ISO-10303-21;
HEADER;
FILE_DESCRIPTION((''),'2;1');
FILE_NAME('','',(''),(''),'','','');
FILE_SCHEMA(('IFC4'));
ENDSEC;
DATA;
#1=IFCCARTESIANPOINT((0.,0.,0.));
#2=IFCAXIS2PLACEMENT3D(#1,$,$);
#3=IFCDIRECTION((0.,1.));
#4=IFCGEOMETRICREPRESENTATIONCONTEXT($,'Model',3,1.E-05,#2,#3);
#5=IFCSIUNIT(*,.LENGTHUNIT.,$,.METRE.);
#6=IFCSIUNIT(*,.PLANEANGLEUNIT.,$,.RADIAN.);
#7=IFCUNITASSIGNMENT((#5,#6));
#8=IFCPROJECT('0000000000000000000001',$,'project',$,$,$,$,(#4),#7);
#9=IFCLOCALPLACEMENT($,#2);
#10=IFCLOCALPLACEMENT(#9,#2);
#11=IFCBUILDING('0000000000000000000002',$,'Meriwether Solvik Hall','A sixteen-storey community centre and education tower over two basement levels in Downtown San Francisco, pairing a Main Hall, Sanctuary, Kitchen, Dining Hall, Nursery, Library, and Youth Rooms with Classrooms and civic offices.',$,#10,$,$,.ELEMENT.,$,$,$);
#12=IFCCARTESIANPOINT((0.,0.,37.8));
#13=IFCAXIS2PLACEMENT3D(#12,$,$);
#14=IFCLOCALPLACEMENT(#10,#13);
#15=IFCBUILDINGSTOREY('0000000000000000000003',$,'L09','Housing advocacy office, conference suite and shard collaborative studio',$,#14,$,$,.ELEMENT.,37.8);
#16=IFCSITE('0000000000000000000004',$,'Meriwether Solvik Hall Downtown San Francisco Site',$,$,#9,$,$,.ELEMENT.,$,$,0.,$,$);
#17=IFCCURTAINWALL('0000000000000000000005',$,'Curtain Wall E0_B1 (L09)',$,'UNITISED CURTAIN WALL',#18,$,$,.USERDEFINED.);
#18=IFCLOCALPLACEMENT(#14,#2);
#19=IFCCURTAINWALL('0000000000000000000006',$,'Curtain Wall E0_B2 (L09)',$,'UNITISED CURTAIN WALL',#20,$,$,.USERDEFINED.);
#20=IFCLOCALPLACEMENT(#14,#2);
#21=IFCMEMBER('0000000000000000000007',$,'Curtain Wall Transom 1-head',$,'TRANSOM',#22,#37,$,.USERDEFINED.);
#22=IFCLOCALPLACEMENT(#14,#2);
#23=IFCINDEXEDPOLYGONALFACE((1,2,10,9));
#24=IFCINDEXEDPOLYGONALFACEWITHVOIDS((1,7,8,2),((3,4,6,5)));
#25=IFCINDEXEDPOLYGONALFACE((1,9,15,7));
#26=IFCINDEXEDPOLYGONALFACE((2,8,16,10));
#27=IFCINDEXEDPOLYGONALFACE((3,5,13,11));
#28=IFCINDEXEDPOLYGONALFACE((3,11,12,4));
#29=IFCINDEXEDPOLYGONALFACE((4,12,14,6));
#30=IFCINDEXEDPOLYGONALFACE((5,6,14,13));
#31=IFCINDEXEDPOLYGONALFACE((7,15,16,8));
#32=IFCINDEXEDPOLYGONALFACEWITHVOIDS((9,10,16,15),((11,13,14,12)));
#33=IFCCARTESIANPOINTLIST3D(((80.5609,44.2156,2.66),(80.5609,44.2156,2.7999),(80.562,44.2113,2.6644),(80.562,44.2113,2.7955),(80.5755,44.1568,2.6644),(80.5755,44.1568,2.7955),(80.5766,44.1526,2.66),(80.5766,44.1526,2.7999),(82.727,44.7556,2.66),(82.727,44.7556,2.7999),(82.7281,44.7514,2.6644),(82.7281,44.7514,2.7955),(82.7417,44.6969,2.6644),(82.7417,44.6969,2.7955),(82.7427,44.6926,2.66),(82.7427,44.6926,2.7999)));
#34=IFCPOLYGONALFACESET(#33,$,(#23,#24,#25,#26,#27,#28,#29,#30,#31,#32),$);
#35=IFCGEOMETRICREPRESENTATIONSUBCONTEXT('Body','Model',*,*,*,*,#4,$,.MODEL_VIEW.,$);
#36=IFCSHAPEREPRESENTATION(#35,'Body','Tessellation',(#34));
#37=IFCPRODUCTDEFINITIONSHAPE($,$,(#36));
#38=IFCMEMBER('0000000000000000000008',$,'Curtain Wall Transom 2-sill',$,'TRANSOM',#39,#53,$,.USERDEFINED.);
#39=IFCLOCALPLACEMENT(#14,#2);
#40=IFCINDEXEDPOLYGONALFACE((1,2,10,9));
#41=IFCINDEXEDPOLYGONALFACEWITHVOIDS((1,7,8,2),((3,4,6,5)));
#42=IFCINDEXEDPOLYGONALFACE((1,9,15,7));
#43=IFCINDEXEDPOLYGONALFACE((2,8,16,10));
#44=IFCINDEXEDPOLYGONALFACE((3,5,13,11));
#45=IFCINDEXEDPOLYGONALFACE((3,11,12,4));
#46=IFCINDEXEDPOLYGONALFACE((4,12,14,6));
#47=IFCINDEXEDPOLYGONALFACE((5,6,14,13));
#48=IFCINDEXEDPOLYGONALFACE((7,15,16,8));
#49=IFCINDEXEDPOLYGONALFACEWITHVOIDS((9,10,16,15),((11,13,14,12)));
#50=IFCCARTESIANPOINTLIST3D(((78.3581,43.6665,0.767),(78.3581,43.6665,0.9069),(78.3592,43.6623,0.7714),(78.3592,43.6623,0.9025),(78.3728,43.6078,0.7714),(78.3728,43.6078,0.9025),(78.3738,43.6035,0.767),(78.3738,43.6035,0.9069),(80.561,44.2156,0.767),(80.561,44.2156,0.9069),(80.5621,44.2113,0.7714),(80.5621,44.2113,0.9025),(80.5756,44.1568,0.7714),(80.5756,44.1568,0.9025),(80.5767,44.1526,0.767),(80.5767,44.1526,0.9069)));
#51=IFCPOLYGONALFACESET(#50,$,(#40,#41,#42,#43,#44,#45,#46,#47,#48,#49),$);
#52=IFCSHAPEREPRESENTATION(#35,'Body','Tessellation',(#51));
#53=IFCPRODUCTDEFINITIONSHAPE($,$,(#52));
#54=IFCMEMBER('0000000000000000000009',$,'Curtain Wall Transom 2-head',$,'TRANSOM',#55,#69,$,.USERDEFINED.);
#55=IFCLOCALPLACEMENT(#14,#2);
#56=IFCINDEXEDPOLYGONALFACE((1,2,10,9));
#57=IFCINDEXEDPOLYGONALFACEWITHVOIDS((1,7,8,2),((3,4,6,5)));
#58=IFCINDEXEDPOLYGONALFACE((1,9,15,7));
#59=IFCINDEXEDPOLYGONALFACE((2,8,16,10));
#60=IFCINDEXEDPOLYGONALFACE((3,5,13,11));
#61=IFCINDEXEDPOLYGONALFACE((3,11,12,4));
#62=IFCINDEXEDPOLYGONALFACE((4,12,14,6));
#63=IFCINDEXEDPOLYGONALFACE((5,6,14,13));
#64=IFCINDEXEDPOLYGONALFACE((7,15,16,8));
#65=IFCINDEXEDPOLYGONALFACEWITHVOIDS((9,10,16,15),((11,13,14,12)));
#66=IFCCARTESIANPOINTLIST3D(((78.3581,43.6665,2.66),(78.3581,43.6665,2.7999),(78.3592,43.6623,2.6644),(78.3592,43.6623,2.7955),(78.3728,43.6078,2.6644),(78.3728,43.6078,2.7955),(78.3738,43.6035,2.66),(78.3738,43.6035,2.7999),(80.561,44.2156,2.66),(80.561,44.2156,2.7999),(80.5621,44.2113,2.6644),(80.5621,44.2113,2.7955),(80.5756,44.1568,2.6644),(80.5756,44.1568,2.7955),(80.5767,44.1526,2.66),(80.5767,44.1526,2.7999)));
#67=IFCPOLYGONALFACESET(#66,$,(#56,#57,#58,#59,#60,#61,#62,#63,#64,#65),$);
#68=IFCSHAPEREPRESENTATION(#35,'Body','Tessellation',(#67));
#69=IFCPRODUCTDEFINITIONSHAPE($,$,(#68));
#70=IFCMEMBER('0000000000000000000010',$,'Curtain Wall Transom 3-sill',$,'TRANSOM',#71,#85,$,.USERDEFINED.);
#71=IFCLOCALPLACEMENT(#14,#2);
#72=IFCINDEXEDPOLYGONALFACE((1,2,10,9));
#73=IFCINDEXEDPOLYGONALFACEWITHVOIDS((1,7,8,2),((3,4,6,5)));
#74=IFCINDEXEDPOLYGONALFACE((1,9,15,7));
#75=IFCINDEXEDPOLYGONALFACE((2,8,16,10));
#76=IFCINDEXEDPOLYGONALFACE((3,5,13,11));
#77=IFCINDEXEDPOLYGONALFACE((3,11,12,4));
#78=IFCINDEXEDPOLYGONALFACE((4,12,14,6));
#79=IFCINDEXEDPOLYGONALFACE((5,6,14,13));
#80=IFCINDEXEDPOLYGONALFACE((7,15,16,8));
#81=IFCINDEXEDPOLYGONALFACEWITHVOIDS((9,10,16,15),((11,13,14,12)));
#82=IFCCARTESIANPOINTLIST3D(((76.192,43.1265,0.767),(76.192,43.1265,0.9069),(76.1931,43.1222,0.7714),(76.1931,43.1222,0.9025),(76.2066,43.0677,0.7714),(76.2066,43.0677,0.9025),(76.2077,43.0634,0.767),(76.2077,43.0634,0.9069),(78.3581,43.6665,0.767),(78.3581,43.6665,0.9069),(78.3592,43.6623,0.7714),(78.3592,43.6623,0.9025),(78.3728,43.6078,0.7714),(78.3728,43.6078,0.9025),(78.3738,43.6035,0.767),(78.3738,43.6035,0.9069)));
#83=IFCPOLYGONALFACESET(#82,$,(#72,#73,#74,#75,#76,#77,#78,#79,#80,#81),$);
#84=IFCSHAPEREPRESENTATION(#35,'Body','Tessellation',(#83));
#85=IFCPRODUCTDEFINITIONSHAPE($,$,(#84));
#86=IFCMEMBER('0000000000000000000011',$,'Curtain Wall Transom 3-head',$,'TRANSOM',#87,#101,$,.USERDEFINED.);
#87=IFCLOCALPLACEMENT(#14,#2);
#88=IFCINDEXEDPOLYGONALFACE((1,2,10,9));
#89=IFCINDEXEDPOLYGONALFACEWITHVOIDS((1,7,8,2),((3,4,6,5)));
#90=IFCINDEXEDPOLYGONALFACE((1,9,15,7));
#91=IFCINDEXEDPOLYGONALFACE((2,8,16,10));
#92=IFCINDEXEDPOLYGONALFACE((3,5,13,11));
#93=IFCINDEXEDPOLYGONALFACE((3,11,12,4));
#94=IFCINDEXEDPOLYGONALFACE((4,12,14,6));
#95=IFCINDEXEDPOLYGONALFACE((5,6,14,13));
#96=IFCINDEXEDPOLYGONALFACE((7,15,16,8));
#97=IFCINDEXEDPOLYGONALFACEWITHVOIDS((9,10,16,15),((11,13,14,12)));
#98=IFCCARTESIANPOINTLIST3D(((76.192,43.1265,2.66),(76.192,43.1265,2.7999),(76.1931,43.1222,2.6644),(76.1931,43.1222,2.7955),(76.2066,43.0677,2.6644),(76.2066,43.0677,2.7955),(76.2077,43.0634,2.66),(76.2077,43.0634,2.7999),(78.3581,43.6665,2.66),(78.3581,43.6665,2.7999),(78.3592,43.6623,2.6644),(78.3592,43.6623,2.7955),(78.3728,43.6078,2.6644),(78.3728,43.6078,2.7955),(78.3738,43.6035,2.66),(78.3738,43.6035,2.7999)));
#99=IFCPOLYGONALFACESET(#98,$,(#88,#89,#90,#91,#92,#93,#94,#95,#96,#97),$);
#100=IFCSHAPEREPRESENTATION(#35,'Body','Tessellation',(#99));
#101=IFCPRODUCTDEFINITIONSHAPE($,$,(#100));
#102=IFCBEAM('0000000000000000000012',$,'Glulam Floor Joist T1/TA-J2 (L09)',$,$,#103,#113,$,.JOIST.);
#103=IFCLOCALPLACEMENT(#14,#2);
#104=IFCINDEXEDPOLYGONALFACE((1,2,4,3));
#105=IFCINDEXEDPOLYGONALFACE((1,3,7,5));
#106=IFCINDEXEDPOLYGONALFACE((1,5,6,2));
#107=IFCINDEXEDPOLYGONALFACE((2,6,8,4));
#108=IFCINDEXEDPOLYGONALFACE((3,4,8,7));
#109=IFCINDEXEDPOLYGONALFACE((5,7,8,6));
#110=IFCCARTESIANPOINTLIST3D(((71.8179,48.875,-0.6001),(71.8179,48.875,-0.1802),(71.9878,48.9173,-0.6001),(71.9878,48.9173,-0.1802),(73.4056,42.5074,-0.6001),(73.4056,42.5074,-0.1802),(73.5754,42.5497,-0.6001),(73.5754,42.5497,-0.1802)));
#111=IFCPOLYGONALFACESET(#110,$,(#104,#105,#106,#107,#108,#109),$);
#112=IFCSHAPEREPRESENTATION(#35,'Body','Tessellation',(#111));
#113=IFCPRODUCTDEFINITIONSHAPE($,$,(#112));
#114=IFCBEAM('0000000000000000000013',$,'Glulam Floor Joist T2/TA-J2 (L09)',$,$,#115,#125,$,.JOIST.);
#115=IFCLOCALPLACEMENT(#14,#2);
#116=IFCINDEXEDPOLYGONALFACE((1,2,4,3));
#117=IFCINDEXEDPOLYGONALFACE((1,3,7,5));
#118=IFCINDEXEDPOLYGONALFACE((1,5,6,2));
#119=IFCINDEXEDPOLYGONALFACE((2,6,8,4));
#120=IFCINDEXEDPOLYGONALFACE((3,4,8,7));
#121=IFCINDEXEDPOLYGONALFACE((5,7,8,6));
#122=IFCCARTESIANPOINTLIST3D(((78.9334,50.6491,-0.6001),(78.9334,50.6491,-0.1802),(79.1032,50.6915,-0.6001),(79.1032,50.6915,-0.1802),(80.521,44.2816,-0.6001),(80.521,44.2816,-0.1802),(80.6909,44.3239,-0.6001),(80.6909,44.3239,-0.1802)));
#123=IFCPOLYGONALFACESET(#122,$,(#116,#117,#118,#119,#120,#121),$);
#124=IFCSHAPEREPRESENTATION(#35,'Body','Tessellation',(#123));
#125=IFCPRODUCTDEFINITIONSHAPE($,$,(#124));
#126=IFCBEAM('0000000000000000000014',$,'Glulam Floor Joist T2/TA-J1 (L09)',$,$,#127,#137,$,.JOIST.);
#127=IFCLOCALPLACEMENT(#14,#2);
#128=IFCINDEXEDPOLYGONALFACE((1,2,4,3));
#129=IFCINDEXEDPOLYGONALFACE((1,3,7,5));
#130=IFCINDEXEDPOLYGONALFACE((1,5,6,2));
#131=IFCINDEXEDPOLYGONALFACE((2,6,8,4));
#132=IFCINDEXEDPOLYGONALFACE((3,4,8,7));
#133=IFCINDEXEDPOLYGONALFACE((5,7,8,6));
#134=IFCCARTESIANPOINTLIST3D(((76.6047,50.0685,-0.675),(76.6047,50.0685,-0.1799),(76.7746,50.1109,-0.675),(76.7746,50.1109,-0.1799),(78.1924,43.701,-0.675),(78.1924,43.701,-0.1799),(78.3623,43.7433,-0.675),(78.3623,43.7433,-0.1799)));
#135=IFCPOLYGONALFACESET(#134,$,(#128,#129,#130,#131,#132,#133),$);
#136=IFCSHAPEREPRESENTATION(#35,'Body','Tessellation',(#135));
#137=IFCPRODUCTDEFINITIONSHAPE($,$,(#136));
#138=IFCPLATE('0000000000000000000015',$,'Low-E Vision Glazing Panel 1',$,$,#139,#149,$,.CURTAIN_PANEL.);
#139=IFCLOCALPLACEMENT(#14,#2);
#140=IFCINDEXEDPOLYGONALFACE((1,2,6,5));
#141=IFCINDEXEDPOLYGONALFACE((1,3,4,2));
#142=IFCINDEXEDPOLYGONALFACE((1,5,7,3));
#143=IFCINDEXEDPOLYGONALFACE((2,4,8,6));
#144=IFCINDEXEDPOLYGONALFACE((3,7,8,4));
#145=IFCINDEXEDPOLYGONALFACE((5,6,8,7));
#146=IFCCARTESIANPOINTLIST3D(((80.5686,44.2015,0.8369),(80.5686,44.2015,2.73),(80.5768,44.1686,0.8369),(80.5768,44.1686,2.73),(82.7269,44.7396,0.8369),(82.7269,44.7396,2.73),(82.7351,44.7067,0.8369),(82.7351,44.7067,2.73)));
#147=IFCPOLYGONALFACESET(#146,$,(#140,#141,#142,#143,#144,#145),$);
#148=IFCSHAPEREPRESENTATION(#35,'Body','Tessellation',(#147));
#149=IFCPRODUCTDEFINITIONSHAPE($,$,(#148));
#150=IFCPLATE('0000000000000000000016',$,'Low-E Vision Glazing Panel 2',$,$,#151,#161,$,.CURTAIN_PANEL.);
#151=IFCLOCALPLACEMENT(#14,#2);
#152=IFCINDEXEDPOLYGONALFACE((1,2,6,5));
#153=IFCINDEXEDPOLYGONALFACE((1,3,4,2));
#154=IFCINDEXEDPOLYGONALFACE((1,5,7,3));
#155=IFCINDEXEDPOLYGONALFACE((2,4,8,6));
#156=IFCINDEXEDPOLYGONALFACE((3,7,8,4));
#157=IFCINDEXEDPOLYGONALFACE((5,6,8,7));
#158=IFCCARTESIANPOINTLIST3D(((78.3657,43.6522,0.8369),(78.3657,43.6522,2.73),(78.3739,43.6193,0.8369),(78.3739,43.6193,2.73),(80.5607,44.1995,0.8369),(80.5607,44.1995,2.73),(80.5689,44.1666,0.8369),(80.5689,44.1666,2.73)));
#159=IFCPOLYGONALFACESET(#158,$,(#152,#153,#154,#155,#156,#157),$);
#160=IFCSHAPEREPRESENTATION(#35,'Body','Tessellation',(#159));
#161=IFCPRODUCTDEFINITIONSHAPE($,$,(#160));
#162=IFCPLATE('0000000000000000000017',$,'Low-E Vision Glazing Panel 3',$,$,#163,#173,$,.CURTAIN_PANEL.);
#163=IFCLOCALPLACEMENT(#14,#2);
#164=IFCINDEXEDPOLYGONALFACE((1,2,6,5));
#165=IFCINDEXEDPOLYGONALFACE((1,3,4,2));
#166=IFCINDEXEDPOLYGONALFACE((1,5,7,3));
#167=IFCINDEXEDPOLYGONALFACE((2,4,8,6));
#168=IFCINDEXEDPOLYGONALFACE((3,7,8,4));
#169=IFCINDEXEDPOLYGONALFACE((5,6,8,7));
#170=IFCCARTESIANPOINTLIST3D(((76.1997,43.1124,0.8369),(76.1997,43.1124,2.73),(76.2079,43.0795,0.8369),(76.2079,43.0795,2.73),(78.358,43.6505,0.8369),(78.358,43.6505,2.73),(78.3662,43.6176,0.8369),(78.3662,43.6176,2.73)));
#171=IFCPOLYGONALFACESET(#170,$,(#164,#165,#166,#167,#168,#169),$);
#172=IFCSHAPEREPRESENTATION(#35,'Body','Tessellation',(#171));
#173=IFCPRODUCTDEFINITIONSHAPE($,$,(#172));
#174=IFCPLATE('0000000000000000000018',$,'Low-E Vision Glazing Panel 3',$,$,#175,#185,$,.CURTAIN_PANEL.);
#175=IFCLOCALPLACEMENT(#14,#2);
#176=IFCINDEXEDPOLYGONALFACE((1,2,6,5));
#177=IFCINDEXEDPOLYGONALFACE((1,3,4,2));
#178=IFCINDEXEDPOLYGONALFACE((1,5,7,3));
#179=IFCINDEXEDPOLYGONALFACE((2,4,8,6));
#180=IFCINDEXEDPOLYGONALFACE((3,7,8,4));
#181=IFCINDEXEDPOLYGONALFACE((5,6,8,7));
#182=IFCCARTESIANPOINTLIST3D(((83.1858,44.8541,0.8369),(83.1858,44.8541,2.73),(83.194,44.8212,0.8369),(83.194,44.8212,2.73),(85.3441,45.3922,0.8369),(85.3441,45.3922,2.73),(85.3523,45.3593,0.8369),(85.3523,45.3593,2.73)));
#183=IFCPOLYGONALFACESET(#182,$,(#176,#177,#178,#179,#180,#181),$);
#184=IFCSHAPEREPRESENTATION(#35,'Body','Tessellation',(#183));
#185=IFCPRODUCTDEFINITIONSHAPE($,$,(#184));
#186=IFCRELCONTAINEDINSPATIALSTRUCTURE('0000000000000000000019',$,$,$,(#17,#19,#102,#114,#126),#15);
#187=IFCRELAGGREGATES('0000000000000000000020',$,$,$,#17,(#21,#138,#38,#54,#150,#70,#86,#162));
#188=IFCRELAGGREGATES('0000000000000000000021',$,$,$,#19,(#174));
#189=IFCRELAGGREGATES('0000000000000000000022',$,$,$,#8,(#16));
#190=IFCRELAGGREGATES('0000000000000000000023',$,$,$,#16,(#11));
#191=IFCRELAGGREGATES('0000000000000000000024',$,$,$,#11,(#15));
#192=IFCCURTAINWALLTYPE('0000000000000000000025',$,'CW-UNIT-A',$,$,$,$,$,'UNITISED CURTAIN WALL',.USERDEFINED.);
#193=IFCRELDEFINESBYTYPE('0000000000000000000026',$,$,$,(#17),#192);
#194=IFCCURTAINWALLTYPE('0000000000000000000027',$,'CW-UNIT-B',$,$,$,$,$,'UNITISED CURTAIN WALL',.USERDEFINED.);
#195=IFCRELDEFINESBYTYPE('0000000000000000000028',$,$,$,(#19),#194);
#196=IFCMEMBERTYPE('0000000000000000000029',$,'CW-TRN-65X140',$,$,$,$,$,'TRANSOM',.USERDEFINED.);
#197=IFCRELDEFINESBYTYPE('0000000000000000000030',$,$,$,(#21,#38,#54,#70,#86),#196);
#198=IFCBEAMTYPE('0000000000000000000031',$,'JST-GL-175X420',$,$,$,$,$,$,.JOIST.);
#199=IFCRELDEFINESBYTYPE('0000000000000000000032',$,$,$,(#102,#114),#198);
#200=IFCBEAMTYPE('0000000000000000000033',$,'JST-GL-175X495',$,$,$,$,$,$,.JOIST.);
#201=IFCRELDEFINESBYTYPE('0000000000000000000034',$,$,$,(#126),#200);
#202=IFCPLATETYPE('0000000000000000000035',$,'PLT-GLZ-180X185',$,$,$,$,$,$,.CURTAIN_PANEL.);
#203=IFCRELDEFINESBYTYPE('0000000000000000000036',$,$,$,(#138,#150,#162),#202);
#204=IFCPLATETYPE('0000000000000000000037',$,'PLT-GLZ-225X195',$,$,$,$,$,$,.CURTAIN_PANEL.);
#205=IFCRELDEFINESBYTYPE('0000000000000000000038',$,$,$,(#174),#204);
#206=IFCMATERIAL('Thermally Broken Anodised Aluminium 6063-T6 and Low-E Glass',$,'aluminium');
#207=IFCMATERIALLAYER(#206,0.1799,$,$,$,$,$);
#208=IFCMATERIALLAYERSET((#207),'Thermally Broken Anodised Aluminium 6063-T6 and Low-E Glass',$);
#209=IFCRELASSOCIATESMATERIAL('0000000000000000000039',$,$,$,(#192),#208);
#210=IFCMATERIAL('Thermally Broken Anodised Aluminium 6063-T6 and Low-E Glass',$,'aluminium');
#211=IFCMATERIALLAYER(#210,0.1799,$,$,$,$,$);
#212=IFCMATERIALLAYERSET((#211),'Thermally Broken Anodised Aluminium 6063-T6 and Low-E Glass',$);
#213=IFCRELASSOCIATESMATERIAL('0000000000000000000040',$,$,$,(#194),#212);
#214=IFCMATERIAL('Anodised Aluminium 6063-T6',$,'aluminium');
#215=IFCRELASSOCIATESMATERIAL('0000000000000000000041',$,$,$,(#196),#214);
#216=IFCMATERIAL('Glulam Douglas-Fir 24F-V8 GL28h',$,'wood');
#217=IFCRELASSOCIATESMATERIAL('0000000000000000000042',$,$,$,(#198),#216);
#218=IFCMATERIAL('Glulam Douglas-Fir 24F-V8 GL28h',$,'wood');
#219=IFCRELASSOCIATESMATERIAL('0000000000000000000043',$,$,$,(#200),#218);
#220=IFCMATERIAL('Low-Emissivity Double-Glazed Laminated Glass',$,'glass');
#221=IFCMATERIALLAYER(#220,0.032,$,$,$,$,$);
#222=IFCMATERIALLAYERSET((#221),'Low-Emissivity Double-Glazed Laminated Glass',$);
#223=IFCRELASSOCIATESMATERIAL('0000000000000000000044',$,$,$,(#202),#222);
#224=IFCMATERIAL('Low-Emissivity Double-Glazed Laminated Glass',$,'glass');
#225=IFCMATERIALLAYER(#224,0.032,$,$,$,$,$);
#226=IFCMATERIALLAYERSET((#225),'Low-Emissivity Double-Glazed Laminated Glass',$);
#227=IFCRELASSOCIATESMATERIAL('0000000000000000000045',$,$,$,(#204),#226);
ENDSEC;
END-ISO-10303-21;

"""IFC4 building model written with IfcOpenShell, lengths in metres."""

from ifc_helpers import new_model, si_unit, direction, frame, origin, origin_2d, place, context, subcontext, project, spatial, rectangle, hollow_rectangle, extrude, material, layer, layer_set, material_profile, profile_set, type_object, element, aggregate, save


model = new_model("IFC4")

# Units and contexts
model_context = context("Model", 3, precision=1e-05, world=origin(), true_north=direction((0.0, 1.0)))
body_context = subcontext(model_context, "Body", "Model", "MODEL_VIEW")
ifc_project = project(units=[si_unit("LENGTHUNIT", "METRE"), si_unit("PLANEANGLEUNIT", "RADIAN")], contexts=[model_context])

# Site, building, storey
site_placement = place(None, origin())
site = spatial("IfcSite", under=ifc_project, at=site_placement, Name="Meriwether Solvik Hall Downtown San Francisco Site", CompositionType="ELEMENT", RefElevation=0.0)
building_placement = place(site_placement, origin())
building = spatial("IfcBuilding", under=site, at=building_placement, Name="Meriwether Solvik Hall", Description="A sixteen-storey community centre and education tower over two basement levels in Downtown San Francisco, pairing a Main Hall, Sanctuary, Kitchen, Dining Hall, Nursery, Library, and Youth Rooms with Classrooms and civic offices.", CompositionType="ELEMENT")
storey_placement = place(building_placement, frame((0.0, 0.0, 37.8)))
storey = spatial("IfcBuildingStorey", under=building, at=storey_placement, Name="L09", Description="Housing advocacy office, conference suite and shard collaborative studio", CompositionType="ELEMENT", Elevation=37.8)

# Curtain wall
ifc_material_1 = material(Name="Thermally Broken Anodised Aluminium 6063-T6 and Low-E Glass", Category="aluminium")
ifc_layer_1 = layer(ifc_material_1, 0.1799)
ifc_layer_set_1 = layer_set([ifc_layer_1], Name="Thermally Broken Anodised Aluminium 6063-T6 and Low-E Glass")
curtain_wall_type_1 = type_object("IfcCurtainWallType", Name="CW-UNIT-A", ElementType="UNITISED CURTAIN WALL", PredefinedType="USERDEFINED", material=ifc_layer_set_1)
curtain_wall_1_placement = place(storey_placement, origin())
curtain_wall_1 = element("IfcCurtainWall", 1, at=curtain_wall_1_placement, inside=storey, type_object=curtain_wall_type_1, Name="Curtain Wall E0_B1 (L09)", ObjectType="UNITISED CURTAIN WALL", PredefinedType="USERDEFINED")

# Curtain wall
ifc_material_2 = material(Name="Thermally Broken Anodised Aluminium 6063-T6 and Low-E Glass", Category="aluminium")
ifc_layer_2 = layer(ifc_material_2, 0.1799)
ifc_layer_set_2 = layer_set([ifc_layer_2], Name="Thermally Broken Anodised Aluminium 6063-T6 and Low-E Glass")
curtain_wall_type_2 = type_object("IfcCurtainWallType", Name="CW-UNIT-B", ElementType="UNITISED CURTAIN WALL", PredefinedType="USERDEFINED", material=ifc_layer_set_2)
curtain_wall_2_placement = place(storey_placement, origin())
curtain_wall_2 = element("IfcCurtainWall", 2, at=curtain_wall_2_placement, inside=storey, type_object=curtain_wall_type_2, Name="Curtain Wall E0_B2 (L09)", ObjectType="UNITISED CURTAIN WALL", PredefinedType="USERDEFINED")

# Members
ifc_material_3 = material(Name="Anodised Aluminium 6063-T6", Category="aluminium")
ifc_material_profile_1 = material_profile(ifc_material_3, hollow_rectangle(XDim=0.0649, YDim=0.1399, WallThickness=0.0044, at=origin_2d()), Name="CWT-65X140")
ifc_profile_set_1 = profile_set([ifc_material_profile_1], Name="Anodised Aluminium 6063-T6")
member_type_1 = type_object("IfcMemberType", Name="CW-TRN-65X140", ElementType="TRANSOM", PredefinedType="USERDEFINED", material=ifc_profile_set_1)
member_1_placement = place(storey_placement, frame((82.7349, 44.7241, 2.73), z_axis=(-0.970297, -0.241918, 0.0), x_axis=(0.241918, -0.970297, 0.0)))
member_1 = element("IfcMember", 3, at=member_1_placement, type_object=member_type_1, Name="Curtain Wall Transom 1-head", ObjectType="TRANSOM", PredefinedType="USERDEFINED", context=body_context, shape_type="SweptSolid", body=[
    extrude(hollow_rectangle(XDim=0.0649, YDim=0.1399, WallThickness=0.0044, at=origin_2d()), origin(), (0.0, 0.0, 1.0), 2.2324),
])
member_2_placement = place(storey_placement, frame((80.5688, 44.1841, 0.8369), z_axis=(-0.970313, -0.241852, 0.0), x_axis=(0.241852, -0.970313, 0.0)))
member_2 = element("IfcMember", 4, at=member_2_placement, type_object=member_type_1, Name="Curtain Wall Transom 2-sill", ObjectType="TRANSOM", PredefinedType="USERDEFINED", context=body_context, shape_type="SweptSolid", body=[
    extrude(hollow_rectangle(XDim=0.0649, YDim=0.1399, WallThickness=0.0044, at=origin_2d()), origin(), (0.0, 0.0, 1.0), 2.2703),
])
member_3_placement = place(storey_placement, frame((80.5688, 44.1841, 2.73), z_axis=(-0.970313, -0.241852, 0.0), x_axis=(0.241852, -0.970313, 0.0)))
member_3 = element("IfcMember", 5, at=member_3_placement, type_object=member_type_1, Name="Curtain Wall Transom 2-head", ObjectType="TRANSOM", PredefinedType="USERDEFINED", context=body_context, shape_type="SweptSolid", body=[
    extrude(hollow_rectangle(XDim=0.0649, YDim=0.1399, WallThickness=0.0044, at=origin_2d()), origin(), (0.0, 0.0, 1.0), 2.2703),
])
member_4_placement = place(storey_placement, frame((78.366, 43.635, 0.8369), z_axis=(-0.970297, -0.241918, 0.0), x_axis=(0.241918, -0.970297, 0.0)))
member_4 = element("IfcMember", 6, at=member_4_placement, type_object=member_type_1, Name="Curtain Wall Transom 3-sill", ObjectType="TRANSOM", PredefinedType="USERDEFINED", context=body_context, shape_type="SweptSolid", body=[
    extrude(hollow_rectangle(XDim=0.0649, YDim=0.1399, WallThickness=0.0044, at=origin_2d()), origin(), (0.0, 0.0, 1.0), 2.2324),
])
member_5_placement = place(storey_placement, frame((78.366, 43.635, 2.73), z_axis=(-0.970297, -0.241918, 0.0), x_axis=(0.241918, -0.970297, 0.0)))
member_5 = element("IfcMember", 7, at=member_5_placement, type_object=member_type_1, Name="Curtain Wall Transom 3-head", ObjectType="TRANSOM", PredefinedType="USERDEFINED", context=body_context, shape_type="SweptSolid", body=[
    extrude(hollow_rectangle(XDim=0.0649, YDim=0.1399, WallThickness=0.0044, at=origin_2d()), origin(), (0.0, 0.0, 1.0), 2.2324),
])

# Beams
ifc_material_4 = material(Name="Glulam Douglas-Fir 24F-V8 GL28h", Category="wood")
ifc_material_profile_2 = material_profile(ifc_material_4, rectangle(XDim=0.175, YDim=0.4199, at=origin_2d()), Name="GLJ-175X420")
ifc_profile_set_2 = profile_set([ifc_material_profile_2], Name="Glulam Douglas-Fir 24F-V8 GL28h")
beam_type_1 = type_object("IfcBeamType", Name="JST-GL-175X420", PredefinedType="JOIST", material=ifc_profile_set_2)
for number, where, z_axis, x_axis, name in (
    (8, (73.4905, 42.5286, -0.3901), (-0.241923, 0.970295, 0.0), (-0.970295, -0.241923, 0.0), "Glulam Floor Joist T1/TA-J2 (L09)"),
    (9, (80.606, 44.3027, -0.3901), (-0.241932, 0.970293, 0.0), (-0.970293, -0.241932, 0.0), "Glulam Floor Joist T2/TA-J2 (L09)"),
):
    element("IfcBeam", number, at=place(storey_placement, frame(where, z_axis=z_axis, x_axis=x_axis)), inside=storey, type_object=beam_type_1, Name=name, PredefinedType="JOIST", context=body_context, shape_type="SweptSolid", body=[
        extrude(rectangle(XDim=0.175, YDim=0.4199, at=origin_2d()), origin(), (0.0, 0.0, 1.0), 6.5625),
    ])
ifc_material_5 = material(Name="Glulam Douglas-Fir 24F-V8 GL28h", Category="wood")
ifc_material_profile_3 = material_profile(ifc_material_5, rectangle(XDim=0.175, YDim=0.4951, at=origin_2d()), Name="GLJ-175X495")
ifc_profile_set_3 = profile_set([ifc_material_profile_3], Name="Glulam Douglas-Fir 24F-V8 GL28h")
beam_type_2 = type_object("IfcBeamType", Name="JST-GL-175X495", PredefinedType="JOIST", material=ifc_profile_set_3)
beam_1_placement = place(storey_placement, frame((78.2773, 43.7222, -0.4275), z_axis=(-0.241932, 0.970293, 0.0), x_axis=(-0.970293, -0.241932, 0.0)))
element("IfcBeam", 10, at=beam_1_placement, inside=storey, type_object=beam_type_2, Name="Glulam Floor Joist T2/TA-J1 (L09)", PredefinedType="JOIST", context=body_context, shape_type="SweptSolid", body=[
    extrude(rectangle(XDim=0.175, YDim=0.4951, at=origin_2d()), origin(), (0.0, 0.0, 1.0), 6.5625),
])

# Plates
ifc_material_6 = material(Name="Low-Emissivity Double-Glazed Laminated Glass", Category="glass")
ifc_layer_3 = layer(ifc_material_6, 0.032)
ifc_layer_set_3 = layer_set([ifc_layer_3], Name="Low-Emissivity Double-Glazed Laminated Glass")
plate_type_1 = type_object("IfcPlateType", Name="PLT-GLZ-180X185", PredefinedType="CURTAIN_PANEL", material=ifc_layer_set_3)
plate_1_placement = place(storey_placement, frame((81.6519, 44.4541, 0.8369), z_axis=(0.0, 0.0, 1.0), x_axis=(-0.970296, -0.241922, 0.0)))
plate_1 = element("IfcPlate", 11, at=plate_1_placement, type_object=plate_type_1, Name="Low-E Vision Glazing Panel 1", PredefinedType="CURTAIN_PANEL", context=body_context, shape_type="SweptSolid", body=[
    extrude(rectangle(XDim=2.2244, YDim=0.0339, at=origin_2d()), origin(), (0.0, 0.0, 1.0), 1.8931),
])
plate_2_placement = place(storey_placement, frame((79.4673, 43.9094, 0.8369), z_axis=(0.0, 0.0, 1.0), x_axis=(-0.970296, -0.241922, 0.0)))
plate_2 = element("IfcPlate", 12, at=plate_2_placement, type_object=plate_type_1, Name="Low-E Vision Glazing Panel 2", PredefinedType="CURTAIN_PANEL", context=body_context, shape_type="SweptSolid", body=[
    extrude(rectangle(XDim=2.2622, YDim=0.0339, at=origin_2d()), origin(), (0.0, 0.0, 1.0), 1.8931),
])
plate_3_placement = place(storey_placement, frame((77.283, 43.365, 0.8369), z_axis=(0.0, 0.0, 1.0), x_axis=(-0.970296, -0.241922, 0.0)))
plate_3 = element("IfcPlate", 13, at=plate_3_placement, type_object=plate_type_1, Name="Low-E Vision Glazing Panel 3", PredefinedType="CURTAIN_PANEL", context=body_context, shape_type="SweptSolid", body=[
    extrude(rectangle(XDim=2.2244, YDim=0.0339, at=origin_2d()), origin(), (0.0, 0.0, 1.0), 1.8931),
])
ifc_material_7 = material(Name="Low-Emissivity Double-Glazed Laminated Glass", Category="glass")
ifc_layer_4 = layer(ifc_material_7, 0.032)
ifc_layer_set_4 = layer_set([ifc_layer_4], Name="Low-Emissivity Double-Glazed Laminated Glass")
plate_type_2 = type_object("IfcPlateType", Name="PLT-GLZ-225X195", PredefinedType="CURTAIN_PANEL", material=ifc_layer_set_4)
plate_4_placement = place(storey_placement, frame((84.269, 45.1067, 0.8369), z_axis=(0.0, 0.0, 1.0), x_axis=(-0.970296, -0.241922, 0.0)))
plate_4 = element("IfcPlate", 14, at=plate_4_placement, type_object=plate_type_2, Name="Low-E Vision Glazing Panel 3", PredefinedType="CURTAIN_PANEL", context=body_context, shape_type="SweptSolid", body=[
    extrude(rectangle(XDim=2.2244, YDim=0.0339, at=origin_2d()), origin(), (0.0, 0.0, 1.0), 1.8931),
])
aggregate(curtain_wall_1, [member_1, plate_1, member_2, member_3, plate_2, member_4, member_5, plate_3])
aggregate(curtain_wall_2, [plate_4])

save(model, "model.ifc")
